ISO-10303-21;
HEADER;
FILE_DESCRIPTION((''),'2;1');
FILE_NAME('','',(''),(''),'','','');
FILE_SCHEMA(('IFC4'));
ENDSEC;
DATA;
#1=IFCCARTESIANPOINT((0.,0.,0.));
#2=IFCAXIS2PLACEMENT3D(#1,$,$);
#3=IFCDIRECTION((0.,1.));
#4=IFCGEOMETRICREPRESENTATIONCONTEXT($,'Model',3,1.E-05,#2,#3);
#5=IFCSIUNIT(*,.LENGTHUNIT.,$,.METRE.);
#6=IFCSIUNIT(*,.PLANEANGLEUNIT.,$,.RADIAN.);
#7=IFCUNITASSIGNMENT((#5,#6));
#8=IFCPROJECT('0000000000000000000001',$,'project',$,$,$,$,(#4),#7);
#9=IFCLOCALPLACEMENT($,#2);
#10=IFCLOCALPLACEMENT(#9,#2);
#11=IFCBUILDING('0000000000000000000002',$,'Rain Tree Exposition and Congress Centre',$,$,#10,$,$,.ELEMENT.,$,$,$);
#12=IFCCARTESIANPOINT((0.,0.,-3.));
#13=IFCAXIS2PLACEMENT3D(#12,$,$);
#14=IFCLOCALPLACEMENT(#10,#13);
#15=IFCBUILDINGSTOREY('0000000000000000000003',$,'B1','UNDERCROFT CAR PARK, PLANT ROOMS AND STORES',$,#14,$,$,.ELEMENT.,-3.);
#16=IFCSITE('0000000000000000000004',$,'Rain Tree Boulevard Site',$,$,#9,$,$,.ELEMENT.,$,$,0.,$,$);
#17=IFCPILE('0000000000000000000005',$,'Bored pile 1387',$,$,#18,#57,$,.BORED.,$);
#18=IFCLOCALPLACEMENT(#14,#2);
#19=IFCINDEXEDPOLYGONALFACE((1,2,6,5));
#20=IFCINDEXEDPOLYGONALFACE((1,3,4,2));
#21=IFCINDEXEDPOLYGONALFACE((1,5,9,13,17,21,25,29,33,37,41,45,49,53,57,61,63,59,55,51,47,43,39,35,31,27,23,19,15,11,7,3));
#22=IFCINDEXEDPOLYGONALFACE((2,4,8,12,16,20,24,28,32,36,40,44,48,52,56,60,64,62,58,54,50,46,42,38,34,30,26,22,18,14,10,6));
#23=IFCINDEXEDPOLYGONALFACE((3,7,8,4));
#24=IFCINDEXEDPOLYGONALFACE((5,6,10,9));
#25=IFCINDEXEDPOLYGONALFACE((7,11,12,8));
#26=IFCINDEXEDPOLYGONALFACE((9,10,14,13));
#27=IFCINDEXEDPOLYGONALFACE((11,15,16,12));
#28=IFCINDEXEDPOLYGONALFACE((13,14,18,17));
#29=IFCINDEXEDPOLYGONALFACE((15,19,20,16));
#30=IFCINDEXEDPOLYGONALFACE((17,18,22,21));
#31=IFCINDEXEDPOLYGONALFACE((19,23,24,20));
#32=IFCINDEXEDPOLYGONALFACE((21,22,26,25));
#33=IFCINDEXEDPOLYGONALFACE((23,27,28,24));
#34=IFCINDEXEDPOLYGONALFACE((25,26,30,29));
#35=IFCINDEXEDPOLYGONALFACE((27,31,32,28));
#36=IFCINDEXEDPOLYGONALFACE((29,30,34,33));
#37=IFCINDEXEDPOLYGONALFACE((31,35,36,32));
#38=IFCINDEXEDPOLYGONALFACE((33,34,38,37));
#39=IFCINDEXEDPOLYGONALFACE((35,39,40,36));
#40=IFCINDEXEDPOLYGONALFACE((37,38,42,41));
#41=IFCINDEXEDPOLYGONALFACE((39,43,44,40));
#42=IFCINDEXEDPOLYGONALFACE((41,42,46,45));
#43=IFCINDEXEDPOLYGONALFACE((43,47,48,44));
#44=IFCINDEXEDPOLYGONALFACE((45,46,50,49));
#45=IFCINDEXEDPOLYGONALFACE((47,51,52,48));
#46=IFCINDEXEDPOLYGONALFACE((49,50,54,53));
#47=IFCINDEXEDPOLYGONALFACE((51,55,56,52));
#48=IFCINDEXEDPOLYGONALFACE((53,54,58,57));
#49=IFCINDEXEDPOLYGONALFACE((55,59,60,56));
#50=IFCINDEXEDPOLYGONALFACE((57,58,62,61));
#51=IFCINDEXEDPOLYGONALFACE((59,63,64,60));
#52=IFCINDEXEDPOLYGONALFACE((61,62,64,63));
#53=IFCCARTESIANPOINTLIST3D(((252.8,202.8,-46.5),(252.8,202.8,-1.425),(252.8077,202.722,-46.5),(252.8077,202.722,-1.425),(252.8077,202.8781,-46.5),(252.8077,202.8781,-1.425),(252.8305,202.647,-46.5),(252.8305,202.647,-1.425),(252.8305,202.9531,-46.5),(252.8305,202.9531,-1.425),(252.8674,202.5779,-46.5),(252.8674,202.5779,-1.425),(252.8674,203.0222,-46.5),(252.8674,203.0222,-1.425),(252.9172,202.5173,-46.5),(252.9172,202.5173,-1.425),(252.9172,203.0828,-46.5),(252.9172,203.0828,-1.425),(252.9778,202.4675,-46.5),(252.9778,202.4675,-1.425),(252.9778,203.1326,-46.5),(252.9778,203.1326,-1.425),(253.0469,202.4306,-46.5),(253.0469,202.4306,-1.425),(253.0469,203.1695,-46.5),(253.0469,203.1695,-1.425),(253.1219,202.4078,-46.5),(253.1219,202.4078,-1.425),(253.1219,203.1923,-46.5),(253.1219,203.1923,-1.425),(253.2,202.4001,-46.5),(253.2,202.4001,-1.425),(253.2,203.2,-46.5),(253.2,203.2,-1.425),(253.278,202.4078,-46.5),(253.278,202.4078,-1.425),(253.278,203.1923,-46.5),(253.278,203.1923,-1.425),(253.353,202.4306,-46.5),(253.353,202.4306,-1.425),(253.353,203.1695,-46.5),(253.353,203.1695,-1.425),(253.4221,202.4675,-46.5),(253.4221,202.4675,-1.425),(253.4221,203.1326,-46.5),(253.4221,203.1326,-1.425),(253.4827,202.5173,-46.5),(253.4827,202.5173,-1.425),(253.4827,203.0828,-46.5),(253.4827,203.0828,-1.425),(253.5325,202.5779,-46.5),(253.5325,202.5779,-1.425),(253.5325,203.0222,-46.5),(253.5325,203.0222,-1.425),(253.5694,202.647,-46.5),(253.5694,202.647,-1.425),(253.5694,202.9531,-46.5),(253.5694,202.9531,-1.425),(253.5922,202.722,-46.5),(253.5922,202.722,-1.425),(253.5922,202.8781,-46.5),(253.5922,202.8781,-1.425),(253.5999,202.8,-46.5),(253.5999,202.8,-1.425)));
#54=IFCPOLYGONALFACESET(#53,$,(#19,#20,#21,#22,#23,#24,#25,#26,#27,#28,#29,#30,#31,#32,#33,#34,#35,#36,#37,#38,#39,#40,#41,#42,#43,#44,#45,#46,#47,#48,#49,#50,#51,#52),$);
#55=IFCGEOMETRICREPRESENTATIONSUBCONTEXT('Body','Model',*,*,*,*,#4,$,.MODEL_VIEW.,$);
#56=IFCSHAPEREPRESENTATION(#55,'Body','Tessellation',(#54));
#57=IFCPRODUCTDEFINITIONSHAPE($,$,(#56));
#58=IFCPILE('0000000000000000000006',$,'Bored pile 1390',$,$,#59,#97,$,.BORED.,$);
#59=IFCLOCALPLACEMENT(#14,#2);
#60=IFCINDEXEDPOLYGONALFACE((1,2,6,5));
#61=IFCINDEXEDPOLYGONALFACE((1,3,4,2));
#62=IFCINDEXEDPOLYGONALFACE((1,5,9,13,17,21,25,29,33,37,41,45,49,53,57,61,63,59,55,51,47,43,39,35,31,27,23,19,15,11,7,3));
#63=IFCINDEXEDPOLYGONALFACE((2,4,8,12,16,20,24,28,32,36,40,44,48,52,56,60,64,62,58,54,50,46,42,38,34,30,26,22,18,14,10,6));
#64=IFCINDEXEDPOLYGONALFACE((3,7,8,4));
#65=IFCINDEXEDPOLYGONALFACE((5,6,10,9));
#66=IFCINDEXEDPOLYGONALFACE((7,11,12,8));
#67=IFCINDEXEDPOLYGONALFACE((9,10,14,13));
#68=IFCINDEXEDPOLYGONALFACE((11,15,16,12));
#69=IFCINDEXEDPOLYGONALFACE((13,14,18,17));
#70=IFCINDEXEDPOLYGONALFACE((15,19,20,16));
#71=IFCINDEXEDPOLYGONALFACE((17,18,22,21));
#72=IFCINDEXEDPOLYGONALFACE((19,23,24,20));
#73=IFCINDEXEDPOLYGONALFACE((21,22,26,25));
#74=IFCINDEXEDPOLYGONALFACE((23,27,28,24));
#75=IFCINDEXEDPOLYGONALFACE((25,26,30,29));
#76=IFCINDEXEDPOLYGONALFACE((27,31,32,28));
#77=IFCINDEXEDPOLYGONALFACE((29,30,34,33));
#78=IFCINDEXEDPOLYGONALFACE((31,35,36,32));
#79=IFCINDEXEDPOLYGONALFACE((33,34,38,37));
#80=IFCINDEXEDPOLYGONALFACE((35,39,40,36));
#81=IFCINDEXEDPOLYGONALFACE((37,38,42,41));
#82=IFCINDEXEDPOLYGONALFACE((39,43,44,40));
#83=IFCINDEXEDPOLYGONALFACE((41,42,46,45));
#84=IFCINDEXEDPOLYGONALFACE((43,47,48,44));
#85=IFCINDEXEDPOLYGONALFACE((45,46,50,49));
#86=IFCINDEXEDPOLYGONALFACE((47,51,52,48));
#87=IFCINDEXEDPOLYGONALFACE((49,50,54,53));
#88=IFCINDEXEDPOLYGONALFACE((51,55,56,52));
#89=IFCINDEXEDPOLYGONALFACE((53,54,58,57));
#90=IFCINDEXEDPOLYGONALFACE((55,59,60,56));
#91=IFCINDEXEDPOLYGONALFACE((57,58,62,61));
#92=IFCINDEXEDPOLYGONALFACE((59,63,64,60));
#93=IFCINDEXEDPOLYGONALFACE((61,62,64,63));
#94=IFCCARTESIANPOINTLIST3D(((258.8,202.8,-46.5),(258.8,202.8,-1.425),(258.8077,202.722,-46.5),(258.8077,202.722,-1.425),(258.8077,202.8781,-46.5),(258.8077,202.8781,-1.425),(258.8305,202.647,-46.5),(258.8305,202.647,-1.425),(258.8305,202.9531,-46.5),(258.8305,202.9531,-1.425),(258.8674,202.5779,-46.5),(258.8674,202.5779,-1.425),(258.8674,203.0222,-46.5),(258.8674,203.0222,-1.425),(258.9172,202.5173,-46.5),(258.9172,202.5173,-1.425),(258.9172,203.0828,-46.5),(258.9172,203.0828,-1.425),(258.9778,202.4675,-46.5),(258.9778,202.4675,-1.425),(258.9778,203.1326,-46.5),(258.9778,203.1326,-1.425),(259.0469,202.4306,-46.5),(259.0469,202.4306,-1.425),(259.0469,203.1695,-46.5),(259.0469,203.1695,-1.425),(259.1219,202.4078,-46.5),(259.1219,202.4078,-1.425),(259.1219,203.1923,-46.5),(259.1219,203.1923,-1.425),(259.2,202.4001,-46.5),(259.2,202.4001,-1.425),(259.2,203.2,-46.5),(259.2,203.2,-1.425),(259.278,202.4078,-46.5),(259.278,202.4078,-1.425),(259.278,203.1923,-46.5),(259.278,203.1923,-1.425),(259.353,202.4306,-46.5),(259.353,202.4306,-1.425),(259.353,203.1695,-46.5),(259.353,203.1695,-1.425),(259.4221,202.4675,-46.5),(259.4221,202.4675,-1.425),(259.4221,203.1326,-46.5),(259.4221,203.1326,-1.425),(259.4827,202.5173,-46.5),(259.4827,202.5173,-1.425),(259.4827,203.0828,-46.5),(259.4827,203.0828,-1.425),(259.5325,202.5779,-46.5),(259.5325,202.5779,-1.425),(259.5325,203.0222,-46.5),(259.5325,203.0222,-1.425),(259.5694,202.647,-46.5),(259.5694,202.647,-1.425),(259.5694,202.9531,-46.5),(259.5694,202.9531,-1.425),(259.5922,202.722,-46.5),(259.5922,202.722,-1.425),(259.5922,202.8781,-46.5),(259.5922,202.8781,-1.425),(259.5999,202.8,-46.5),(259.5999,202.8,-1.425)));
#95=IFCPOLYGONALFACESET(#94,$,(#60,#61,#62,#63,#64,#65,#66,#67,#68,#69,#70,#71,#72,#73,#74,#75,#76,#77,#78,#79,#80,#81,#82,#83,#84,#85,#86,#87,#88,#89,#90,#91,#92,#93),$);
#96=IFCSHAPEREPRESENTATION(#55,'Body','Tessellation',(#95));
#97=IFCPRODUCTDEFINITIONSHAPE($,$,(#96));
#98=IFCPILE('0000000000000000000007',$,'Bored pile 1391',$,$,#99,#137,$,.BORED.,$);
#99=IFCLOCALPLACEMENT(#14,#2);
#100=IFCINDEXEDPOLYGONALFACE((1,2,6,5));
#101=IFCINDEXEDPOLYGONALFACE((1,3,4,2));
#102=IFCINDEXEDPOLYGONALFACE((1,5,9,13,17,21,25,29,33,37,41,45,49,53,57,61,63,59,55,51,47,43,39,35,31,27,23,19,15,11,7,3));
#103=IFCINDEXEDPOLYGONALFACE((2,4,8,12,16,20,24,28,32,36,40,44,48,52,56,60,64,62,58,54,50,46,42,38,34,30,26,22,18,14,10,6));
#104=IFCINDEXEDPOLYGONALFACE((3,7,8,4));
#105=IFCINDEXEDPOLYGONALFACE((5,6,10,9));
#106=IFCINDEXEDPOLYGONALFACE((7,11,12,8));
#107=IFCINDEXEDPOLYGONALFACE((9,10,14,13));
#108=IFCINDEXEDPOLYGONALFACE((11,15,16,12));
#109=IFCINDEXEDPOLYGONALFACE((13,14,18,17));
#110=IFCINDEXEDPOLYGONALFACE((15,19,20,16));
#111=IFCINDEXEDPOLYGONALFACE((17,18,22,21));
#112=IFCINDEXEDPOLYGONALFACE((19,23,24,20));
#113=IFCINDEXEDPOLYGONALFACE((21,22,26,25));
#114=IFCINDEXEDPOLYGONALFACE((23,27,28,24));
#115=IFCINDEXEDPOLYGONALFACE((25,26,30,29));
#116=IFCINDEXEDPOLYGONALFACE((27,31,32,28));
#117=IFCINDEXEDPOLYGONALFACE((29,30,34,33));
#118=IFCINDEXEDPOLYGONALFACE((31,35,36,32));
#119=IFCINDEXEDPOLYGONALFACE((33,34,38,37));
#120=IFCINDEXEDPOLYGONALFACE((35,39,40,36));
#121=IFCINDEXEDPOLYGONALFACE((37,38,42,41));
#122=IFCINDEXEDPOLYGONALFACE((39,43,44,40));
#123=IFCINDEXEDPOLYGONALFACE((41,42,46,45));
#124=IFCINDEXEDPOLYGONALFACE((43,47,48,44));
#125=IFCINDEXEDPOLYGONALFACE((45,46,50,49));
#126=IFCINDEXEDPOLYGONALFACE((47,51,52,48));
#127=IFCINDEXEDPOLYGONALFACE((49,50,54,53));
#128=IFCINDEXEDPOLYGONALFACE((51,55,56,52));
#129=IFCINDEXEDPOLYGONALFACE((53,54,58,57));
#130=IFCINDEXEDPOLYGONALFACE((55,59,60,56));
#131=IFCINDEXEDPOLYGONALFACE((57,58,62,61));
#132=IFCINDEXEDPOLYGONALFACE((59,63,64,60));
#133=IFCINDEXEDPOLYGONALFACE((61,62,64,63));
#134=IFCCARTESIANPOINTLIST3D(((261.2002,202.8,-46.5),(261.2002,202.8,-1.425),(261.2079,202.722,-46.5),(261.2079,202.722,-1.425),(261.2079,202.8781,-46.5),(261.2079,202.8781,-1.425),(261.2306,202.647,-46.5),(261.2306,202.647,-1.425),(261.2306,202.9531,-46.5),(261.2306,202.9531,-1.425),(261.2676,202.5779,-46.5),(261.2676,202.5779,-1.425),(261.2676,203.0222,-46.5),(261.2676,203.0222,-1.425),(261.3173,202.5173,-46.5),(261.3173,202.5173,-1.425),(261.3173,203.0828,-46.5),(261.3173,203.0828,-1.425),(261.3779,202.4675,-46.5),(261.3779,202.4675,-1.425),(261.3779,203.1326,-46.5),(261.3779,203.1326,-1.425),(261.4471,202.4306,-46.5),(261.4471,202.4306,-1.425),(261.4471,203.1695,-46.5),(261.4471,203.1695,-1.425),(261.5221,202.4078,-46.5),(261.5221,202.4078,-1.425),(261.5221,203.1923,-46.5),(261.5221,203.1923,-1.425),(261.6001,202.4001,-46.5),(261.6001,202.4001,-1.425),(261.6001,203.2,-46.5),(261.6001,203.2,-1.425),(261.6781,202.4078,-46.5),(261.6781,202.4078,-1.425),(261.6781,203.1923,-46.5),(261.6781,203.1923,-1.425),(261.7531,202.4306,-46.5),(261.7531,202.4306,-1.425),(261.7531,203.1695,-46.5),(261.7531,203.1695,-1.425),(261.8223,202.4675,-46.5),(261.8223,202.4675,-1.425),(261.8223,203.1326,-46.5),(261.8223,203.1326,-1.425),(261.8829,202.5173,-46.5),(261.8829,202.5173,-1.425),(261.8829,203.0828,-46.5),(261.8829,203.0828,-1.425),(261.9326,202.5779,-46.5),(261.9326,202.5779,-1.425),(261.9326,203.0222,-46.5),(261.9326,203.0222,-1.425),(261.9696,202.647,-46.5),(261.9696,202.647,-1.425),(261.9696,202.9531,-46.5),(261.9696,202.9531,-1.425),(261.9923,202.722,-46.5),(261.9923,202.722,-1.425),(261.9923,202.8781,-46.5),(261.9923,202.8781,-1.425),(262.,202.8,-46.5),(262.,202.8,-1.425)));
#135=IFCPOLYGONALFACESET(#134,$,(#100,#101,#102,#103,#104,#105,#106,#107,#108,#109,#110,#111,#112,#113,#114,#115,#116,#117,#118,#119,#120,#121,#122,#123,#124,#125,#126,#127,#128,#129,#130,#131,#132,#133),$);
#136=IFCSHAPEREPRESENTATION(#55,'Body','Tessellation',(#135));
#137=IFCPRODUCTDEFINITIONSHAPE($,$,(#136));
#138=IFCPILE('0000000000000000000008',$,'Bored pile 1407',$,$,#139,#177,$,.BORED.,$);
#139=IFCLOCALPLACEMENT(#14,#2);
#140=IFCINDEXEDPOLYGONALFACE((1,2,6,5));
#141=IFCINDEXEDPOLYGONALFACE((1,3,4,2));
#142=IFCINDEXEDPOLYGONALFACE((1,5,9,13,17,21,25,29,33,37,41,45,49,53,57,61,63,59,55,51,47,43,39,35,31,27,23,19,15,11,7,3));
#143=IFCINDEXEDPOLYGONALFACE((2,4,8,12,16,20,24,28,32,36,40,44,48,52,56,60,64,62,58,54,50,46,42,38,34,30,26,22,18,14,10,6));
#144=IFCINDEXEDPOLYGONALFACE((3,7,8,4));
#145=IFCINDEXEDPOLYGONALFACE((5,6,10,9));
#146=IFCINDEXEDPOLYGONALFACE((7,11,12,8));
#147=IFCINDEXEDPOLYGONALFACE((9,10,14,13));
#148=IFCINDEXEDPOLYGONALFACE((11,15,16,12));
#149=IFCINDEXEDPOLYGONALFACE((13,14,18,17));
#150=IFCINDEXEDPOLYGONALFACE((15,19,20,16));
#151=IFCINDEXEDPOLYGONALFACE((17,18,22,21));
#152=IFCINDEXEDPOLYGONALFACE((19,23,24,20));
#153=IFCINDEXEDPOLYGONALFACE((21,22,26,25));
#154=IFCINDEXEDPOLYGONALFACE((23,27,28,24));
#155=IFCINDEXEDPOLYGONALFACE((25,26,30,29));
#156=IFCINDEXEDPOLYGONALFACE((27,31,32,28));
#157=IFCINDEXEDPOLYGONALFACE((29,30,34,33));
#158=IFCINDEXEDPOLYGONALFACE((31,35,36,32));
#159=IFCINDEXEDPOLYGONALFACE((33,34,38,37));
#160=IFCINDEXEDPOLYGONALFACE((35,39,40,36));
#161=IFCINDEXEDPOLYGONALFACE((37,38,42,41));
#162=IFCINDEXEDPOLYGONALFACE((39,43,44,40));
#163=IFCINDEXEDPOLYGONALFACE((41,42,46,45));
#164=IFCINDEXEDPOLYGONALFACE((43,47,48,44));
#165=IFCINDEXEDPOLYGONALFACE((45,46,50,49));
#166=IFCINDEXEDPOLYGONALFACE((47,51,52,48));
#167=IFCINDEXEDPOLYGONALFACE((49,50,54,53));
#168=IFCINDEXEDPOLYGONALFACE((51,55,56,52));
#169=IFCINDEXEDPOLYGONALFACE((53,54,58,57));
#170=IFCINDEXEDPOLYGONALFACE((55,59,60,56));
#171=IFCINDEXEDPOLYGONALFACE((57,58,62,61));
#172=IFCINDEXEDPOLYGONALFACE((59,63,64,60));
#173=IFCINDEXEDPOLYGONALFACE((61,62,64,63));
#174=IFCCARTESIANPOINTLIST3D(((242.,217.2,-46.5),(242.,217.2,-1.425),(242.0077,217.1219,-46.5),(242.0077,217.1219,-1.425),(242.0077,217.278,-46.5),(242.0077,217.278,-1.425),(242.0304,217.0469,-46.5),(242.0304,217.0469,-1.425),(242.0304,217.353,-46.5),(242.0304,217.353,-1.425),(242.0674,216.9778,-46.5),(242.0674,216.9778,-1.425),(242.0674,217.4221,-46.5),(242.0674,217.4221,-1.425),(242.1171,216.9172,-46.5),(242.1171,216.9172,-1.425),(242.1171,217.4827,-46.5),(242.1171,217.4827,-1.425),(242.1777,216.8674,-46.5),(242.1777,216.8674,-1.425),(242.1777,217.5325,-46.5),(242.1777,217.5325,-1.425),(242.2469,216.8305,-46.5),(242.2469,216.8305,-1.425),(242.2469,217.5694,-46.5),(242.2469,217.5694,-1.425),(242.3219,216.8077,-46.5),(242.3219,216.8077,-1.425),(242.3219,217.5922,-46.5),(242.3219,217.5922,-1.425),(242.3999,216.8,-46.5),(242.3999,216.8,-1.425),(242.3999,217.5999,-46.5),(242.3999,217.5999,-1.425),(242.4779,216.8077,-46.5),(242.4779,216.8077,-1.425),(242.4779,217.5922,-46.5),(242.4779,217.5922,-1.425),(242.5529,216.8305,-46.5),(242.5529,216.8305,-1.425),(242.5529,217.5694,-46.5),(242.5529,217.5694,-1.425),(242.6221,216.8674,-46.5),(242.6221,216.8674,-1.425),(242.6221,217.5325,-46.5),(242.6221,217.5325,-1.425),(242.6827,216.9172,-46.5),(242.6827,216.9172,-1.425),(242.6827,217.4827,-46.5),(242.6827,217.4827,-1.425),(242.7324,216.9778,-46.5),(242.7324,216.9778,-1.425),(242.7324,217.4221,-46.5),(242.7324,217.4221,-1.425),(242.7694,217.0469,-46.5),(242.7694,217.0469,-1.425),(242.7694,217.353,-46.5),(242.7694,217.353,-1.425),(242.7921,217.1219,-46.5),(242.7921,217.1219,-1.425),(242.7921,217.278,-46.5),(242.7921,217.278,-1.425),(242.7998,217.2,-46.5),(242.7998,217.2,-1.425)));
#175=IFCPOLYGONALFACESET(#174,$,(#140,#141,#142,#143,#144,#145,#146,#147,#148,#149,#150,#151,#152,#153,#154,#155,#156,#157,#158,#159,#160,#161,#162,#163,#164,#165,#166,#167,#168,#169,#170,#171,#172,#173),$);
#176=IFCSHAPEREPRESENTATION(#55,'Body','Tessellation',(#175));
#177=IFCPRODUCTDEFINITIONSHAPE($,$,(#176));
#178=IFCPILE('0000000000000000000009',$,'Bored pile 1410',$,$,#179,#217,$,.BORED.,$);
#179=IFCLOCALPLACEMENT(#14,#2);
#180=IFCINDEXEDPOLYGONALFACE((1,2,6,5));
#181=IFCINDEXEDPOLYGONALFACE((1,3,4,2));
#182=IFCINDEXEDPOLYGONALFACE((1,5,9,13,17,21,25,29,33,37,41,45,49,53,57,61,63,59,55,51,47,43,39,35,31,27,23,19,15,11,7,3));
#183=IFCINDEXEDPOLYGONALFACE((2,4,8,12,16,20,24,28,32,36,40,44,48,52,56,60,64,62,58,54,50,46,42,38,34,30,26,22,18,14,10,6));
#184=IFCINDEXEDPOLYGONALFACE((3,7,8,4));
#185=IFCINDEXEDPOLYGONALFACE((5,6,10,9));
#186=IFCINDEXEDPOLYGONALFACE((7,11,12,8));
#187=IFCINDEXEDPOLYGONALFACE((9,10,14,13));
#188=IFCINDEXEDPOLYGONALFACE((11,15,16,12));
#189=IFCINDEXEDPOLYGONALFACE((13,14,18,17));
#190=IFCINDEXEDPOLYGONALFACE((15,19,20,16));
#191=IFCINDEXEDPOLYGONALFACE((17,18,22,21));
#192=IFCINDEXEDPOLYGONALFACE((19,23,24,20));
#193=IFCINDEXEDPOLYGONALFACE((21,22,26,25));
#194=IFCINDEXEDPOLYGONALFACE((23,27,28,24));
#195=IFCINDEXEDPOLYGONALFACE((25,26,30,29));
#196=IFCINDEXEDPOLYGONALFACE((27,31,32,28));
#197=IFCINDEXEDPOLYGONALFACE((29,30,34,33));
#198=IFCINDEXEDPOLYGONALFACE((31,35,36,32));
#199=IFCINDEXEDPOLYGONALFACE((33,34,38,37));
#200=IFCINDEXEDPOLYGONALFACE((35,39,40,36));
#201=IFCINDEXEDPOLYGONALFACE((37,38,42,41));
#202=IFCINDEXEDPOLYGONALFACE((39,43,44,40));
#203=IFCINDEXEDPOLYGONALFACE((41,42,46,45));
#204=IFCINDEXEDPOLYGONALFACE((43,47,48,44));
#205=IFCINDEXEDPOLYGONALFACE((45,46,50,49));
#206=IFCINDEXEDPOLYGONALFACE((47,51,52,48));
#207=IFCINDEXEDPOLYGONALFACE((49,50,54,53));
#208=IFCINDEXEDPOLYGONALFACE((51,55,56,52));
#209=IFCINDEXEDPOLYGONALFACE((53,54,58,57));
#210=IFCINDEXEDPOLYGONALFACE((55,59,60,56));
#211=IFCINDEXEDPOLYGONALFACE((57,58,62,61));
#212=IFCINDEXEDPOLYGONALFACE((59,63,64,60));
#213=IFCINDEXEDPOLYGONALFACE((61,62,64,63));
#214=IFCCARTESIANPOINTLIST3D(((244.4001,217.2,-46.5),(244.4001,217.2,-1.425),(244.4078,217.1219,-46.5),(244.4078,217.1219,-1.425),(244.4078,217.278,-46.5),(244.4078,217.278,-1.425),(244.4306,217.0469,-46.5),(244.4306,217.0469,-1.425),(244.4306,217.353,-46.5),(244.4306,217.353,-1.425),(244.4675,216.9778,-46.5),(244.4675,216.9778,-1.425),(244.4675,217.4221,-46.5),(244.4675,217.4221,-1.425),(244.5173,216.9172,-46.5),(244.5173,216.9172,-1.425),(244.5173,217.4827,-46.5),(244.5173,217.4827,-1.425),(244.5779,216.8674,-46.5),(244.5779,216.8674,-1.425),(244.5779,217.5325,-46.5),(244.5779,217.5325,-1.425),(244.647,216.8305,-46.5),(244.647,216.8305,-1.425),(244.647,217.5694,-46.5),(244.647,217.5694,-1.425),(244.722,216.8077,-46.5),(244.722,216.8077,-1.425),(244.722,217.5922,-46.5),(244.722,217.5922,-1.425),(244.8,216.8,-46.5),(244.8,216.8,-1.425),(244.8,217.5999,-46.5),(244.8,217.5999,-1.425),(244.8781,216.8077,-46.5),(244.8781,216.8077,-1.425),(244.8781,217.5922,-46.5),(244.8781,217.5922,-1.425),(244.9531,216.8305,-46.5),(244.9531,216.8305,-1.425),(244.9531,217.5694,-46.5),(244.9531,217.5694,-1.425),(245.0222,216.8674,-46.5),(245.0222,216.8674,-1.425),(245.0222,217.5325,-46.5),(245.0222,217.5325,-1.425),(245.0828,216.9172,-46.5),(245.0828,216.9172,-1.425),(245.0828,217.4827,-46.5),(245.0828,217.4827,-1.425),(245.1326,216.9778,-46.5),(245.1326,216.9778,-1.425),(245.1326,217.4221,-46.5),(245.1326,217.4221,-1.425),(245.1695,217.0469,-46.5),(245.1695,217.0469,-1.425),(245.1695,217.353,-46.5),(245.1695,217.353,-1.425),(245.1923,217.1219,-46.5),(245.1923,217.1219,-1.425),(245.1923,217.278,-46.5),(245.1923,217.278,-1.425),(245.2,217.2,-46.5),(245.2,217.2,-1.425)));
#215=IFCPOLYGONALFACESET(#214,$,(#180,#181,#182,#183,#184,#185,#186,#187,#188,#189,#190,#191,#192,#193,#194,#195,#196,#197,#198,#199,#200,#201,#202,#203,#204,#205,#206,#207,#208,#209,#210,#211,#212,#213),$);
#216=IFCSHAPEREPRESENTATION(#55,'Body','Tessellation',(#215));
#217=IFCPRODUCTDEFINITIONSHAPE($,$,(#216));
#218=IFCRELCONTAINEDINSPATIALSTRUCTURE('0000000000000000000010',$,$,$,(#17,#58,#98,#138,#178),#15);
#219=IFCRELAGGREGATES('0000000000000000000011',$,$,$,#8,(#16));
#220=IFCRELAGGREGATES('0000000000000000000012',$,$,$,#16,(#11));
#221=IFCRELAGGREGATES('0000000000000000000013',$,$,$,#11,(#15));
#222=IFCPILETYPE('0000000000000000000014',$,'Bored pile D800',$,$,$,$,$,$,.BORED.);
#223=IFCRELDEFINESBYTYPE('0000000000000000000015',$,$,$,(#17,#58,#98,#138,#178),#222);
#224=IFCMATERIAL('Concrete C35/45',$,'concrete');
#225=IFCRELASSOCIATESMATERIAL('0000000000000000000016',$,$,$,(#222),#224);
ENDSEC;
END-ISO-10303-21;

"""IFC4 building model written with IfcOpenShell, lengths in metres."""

from ifc_helpers import new_model, si_unit, direction, frame, origin, origin_2d, place, context, subcontext, project, spatial, circle, extrude, material, material_profile, profile_set, type_object, element, save


model = new_model("IFC4")

# Units and contexts
model_context = context("Model", 3, precision=1e-05, world=origin(), true_north=direction((0.0, 1.0)))
body_context = subcontext(model_context, "Body", "Model", "MODEL_VIEW")
ifc_project = project(units=[si_unit("LENGTHUNIT", "METRE"), si_unit("PLANEANGLEUNIT", "RADIAN")], contexts=[model_context])

# Site, building, storey
site_placement = place(None, origin())
site = spatial("IfcSite", under=ifc_project, at=site_placement, Name="Rain Tree Boulevard Site", CompositionType="ELEMENT", RefElevation=0.0)
building_placement = place(site_placement, origin())
building = spatial("IfcBuilding", under=site, at=building_placement, Name="Rain Tree Exposition and Congress Centre", CompositionType="ELEMENT")
storey_placement = place(building_placement, frame((0.0, 0.0, -3.0)))
storey = spatial("IfcBuildingStorey", under=building, at=storey_placement, Name="B1", Description="UNDERCROFT CAR PARK, PLANT ROOMS AND STORES", CompositionType="ELEMENT", Elevation=-3.0)

# Piles
ifc_material_1 = material(Name="Concrete C35/45", Category="concrete")
ifc_material_profile_1 = material_profile(ifc_material_1, circle(Radius=0.3999, at=origin_2d()), Name="D800")
ifc_profile_set_1 = profile_set([ifc_material_profile_1], Name="Concrete C35/45")
pile_type_1 = type_object("IfcPileType", Name="Bored pile D800", PredefinedType="BORED", material=ifc_profile_set_1)
for number, where, z_axis, x_axis, name in (
    (1, (253.2, 202.8, -1.425), (0.0, 0.0, -1.0), (1.0, 0.0, 0.0), "Bored pile 1387"),
    (2, (259.2, 202.8, -1.425), (0.0, 0.0, -1.0), (1.0, 0.0, 0.0), "Bored pile 1390"),
    (3, (261.6001, 202.8, -1.425), (0.0, 0.0, -1.0), (1.0, 0.0, 0.0), "Bored pile 1391"),
    (4, (242.3999, 217.2, -1.425), (0.0, 0.0, -1.0), (1.0, 0.0, 0.0), "Bored pile 1407"),
    (5, (244.8, 217.2, -1.425), (0.0, 0.0, -1.0), (1.0, 0.0, 0.0), "Bored pile 1410"),
):
    element("IfcPile", number, at=place(storey_placement, frame(where, z_axis=z_axis, x_axis=x_axis)), inside=storey, type_object=pile_type_1, Name=name, PredefinedType="BORED", context=body_context, shape_type="SweptSolid", body=[
        extrude(circle(Radius=0.3999, at=origin_2d()), origin(), (0.0, 0.0, 1.0), 45.075),
    ])

save(model, "model.ifc")
